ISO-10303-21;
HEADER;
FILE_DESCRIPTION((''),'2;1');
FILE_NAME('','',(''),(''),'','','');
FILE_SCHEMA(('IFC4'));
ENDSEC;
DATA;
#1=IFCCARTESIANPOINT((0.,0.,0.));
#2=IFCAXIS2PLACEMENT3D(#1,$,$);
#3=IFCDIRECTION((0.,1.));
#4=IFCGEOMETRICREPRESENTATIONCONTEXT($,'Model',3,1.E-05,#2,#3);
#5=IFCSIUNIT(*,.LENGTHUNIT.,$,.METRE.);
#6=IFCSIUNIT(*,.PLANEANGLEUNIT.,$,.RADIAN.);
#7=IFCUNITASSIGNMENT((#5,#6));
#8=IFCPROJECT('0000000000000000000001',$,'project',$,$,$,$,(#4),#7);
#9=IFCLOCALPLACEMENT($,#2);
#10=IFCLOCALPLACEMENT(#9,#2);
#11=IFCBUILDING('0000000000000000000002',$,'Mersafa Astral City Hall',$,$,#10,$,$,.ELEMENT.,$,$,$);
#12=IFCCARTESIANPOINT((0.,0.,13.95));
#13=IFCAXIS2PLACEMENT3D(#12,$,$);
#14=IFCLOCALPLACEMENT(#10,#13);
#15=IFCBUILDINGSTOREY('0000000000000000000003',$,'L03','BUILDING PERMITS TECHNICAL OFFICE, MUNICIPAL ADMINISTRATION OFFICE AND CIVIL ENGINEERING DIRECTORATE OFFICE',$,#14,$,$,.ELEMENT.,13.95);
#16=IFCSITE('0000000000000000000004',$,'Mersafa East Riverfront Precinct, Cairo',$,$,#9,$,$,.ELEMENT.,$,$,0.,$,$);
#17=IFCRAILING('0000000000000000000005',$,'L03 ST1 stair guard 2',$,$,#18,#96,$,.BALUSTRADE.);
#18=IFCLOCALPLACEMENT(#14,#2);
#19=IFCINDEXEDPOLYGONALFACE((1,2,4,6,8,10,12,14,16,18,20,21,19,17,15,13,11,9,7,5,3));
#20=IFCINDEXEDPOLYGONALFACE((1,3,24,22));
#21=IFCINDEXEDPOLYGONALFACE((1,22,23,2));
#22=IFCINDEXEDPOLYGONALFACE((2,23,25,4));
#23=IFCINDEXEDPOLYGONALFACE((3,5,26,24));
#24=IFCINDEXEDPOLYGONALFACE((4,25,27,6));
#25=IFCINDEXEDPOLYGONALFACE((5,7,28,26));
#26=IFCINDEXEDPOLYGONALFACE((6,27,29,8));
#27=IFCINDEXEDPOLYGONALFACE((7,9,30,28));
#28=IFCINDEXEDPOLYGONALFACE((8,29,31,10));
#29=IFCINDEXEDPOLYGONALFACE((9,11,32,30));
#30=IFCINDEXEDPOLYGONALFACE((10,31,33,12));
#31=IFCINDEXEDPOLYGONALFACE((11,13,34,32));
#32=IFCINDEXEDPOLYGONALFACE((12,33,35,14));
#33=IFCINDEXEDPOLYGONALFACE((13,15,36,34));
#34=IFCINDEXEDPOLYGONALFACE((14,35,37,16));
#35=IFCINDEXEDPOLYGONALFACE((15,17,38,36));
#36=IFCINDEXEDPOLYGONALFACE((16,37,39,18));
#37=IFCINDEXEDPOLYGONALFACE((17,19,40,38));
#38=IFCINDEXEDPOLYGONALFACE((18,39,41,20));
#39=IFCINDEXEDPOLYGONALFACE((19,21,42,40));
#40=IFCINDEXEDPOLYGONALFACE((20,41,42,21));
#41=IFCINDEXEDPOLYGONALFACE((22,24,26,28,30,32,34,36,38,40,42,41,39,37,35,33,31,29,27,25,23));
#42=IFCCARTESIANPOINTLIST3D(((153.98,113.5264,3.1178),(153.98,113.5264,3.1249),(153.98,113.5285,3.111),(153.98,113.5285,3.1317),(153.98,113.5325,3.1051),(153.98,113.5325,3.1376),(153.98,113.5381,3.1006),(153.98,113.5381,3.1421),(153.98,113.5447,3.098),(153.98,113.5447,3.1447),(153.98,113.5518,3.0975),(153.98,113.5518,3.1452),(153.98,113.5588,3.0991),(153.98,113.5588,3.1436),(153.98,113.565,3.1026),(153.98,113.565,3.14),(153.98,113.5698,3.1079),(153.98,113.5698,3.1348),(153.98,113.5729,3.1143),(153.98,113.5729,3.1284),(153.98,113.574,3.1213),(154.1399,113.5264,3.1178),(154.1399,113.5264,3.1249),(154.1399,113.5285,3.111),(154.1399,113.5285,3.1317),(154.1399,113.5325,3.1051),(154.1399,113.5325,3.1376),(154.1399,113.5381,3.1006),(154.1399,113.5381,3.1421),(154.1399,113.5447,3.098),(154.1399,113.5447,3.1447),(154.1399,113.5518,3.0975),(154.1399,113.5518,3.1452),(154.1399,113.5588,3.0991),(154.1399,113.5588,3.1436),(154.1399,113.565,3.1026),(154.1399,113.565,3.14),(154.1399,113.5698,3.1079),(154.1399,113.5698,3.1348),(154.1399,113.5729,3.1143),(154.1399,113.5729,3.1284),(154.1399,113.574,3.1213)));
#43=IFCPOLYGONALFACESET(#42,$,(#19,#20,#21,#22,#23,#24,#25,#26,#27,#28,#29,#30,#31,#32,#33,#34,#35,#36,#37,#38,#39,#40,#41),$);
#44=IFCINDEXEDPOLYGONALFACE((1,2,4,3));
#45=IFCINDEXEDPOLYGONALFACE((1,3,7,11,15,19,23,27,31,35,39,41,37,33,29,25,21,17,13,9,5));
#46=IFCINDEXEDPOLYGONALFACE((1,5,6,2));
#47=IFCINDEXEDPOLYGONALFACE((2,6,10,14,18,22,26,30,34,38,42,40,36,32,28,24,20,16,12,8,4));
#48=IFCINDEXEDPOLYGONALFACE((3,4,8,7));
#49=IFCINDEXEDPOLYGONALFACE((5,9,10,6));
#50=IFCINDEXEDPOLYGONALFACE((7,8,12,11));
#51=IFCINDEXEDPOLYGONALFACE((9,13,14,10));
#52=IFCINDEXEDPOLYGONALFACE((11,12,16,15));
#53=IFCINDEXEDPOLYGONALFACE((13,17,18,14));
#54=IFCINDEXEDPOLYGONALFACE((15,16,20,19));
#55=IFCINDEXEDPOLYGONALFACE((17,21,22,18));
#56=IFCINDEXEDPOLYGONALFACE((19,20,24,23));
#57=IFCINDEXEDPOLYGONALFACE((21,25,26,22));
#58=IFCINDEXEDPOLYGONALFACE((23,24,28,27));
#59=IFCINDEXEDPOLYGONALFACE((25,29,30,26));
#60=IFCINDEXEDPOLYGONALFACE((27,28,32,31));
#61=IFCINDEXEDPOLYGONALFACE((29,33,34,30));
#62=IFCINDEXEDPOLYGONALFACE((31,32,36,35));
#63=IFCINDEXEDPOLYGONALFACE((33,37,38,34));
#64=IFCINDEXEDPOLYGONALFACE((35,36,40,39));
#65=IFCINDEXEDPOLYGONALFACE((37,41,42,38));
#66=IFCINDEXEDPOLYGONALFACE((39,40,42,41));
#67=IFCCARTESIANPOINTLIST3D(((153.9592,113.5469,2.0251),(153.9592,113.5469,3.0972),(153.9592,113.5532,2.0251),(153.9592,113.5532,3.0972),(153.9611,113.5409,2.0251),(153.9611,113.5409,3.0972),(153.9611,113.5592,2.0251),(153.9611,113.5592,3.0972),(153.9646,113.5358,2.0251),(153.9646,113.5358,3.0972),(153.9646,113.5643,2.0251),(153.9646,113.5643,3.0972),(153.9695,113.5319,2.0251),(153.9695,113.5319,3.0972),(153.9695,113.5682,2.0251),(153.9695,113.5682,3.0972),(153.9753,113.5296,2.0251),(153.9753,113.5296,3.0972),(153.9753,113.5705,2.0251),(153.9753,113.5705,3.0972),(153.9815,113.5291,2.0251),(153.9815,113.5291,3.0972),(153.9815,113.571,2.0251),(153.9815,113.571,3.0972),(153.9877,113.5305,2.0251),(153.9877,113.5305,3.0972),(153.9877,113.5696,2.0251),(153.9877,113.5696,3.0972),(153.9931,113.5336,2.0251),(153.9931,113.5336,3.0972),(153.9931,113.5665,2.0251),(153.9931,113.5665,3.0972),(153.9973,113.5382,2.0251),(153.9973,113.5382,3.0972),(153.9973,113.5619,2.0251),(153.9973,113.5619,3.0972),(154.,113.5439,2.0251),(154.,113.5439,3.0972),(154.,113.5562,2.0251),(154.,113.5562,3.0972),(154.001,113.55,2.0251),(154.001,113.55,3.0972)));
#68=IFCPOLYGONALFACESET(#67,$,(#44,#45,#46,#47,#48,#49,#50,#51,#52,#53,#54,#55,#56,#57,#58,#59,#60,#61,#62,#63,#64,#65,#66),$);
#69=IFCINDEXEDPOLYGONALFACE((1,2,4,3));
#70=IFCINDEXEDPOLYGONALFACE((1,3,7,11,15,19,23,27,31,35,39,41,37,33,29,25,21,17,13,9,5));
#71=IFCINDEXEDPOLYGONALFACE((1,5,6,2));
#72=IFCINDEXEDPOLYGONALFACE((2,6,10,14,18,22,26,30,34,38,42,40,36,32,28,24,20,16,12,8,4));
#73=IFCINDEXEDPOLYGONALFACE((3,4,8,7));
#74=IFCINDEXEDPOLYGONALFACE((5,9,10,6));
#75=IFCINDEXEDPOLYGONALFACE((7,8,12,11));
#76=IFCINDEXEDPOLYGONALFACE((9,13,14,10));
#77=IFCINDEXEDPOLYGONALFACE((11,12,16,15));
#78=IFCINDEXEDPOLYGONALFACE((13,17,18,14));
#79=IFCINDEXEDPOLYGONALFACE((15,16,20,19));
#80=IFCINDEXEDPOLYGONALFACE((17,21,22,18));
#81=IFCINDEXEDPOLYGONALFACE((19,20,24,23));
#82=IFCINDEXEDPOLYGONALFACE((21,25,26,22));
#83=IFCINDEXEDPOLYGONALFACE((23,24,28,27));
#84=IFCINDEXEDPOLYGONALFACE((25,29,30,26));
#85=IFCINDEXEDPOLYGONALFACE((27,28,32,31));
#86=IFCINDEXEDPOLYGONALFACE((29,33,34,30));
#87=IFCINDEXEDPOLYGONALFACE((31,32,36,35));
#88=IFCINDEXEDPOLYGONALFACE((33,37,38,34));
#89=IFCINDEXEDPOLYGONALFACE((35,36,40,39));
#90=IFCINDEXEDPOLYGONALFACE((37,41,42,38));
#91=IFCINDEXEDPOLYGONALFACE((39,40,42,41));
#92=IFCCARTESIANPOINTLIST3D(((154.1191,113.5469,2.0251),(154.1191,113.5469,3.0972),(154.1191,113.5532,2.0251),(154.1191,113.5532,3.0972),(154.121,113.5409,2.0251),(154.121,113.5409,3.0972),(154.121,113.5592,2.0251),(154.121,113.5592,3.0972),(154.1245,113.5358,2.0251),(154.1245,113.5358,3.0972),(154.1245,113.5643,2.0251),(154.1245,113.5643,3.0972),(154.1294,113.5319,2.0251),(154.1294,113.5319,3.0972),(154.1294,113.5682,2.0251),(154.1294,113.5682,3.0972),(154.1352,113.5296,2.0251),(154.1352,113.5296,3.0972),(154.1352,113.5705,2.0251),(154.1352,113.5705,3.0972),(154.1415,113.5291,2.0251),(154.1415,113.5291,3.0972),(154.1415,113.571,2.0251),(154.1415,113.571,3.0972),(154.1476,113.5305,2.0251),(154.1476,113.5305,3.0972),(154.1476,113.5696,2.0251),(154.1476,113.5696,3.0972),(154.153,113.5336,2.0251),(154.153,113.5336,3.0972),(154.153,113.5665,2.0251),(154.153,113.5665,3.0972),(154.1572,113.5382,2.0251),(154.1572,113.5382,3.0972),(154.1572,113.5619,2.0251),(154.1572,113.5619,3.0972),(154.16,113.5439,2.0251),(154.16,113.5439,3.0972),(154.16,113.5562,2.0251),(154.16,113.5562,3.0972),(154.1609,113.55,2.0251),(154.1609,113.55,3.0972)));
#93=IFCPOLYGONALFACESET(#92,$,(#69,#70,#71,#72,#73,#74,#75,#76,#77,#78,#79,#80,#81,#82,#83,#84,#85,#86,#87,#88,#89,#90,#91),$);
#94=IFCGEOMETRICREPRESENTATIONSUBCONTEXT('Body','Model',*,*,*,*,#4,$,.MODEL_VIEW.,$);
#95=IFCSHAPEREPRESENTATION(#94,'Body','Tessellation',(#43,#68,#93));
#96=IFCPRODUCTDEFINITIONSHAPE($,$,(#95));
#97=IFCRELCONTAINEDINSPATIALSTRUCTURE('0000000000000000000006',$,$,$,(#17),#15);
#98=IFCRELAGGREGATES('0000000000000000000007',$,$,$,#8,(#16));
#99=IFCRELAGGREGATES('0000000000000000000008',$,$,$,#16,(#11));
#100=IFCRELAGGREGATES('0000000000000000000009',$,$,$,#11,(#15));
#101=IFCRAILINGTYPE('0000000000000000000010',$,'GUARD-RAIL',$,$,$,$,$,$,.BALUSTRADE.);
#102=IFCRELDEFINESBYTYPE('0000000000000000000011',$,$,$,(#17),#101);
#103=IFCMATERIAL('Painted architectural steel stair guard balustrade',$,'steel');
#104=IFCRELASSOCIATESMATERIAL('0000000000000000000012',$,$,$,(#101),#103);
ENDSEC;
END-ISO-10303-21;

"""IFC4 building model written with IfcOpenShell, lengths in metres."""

from ifc_helpers import new_model, si_unit, direction, frame, origin, origin_2d, place, context, subcontext, project, spatial, circle, extrude, material, type_object, element, save


model = new_model("IFC4")

# Units and contexts
model_context = context("Model", 3, precision=1e-05, world=origin(), true_north=direction((0.0, 1.0)))
body_context = subcontext(model_context, "Body", "Model", "MODEL_VIEW")
ifc_project = project(units=[si_unit("LENGTHUNIT", "METRE"), si_unit("PLANEANGLEUNIT", "RADIAN")], contexts=[model_context])

# Site, building, storey
site_placement = place(None, origin())
site = spatial("IfcSite", under=ifc_project, at=site_placement, Name="Mersafa East Riverfront Precinct, Cairo", CompositionType="ELEMENT", RefElevation=0.0)
building_placement = place(site_placement, origin())
building = spatial("IfcBuilding", under=site, at=building_placement, Name="Mersafa Astral City Hall", CompositionType="ELEMENT")
storey_placement = place(building_placement, frame((0.0, 0.0, 13.95)))
storey = spatial("IfcBuildingStorey", under=building, at=storey_placement, Name="L03", Description="BUILDING PERMITS TECHNICAL OFFICE, MUNICIPAL ADMINISTRATION OFFICE AND CIVIL ENGINEERING DIRECTORATE OFFICE", CompositionType="ELEMENT", Elevation=13.95)

# Railing
ifc_material_1 = material(Name="Painted architectural steel stair guard balustrade", Category="steel")
railing_type_1 = type_object("IfcRailingType", Name="GUARD-RAIL", PredefinedType="BALUSTRADE", material=ifc_material_1)
railing_1_placement = place(storey_placement, frame((153.98, 113.55, 2.0251)))
element("IfcRailing", 1, at=railing_1_placement, inside=storey, type_object=railing_type_1, Name="L03 ST1 stair guard 2", PredefinedType="BALUSTRADE", context=body_context, shape_type="SweptSolid", body=[
    extrude(circle(Radius=0.0239, at=origin_2d()), frame((0.0, 0.0, 1.0962), z_axis=(1.0, 0.0, 0.0), x_axis=(0.0, 1.0, 0.0)), (0.0, 0.0, 1.0), 0.1599),
    extrude(circle(Radius=0.021, at=origin_2d()), origin(), (0.0, 0.0, 1.0), 1.072),
    extrude(circle(Radius=0.021, at=origin_2d()), frame((0.1599, 0.0, 0.0)), (0.0, 0.0, 1.0), 1.072),
])

save(model, "model.ifc")
